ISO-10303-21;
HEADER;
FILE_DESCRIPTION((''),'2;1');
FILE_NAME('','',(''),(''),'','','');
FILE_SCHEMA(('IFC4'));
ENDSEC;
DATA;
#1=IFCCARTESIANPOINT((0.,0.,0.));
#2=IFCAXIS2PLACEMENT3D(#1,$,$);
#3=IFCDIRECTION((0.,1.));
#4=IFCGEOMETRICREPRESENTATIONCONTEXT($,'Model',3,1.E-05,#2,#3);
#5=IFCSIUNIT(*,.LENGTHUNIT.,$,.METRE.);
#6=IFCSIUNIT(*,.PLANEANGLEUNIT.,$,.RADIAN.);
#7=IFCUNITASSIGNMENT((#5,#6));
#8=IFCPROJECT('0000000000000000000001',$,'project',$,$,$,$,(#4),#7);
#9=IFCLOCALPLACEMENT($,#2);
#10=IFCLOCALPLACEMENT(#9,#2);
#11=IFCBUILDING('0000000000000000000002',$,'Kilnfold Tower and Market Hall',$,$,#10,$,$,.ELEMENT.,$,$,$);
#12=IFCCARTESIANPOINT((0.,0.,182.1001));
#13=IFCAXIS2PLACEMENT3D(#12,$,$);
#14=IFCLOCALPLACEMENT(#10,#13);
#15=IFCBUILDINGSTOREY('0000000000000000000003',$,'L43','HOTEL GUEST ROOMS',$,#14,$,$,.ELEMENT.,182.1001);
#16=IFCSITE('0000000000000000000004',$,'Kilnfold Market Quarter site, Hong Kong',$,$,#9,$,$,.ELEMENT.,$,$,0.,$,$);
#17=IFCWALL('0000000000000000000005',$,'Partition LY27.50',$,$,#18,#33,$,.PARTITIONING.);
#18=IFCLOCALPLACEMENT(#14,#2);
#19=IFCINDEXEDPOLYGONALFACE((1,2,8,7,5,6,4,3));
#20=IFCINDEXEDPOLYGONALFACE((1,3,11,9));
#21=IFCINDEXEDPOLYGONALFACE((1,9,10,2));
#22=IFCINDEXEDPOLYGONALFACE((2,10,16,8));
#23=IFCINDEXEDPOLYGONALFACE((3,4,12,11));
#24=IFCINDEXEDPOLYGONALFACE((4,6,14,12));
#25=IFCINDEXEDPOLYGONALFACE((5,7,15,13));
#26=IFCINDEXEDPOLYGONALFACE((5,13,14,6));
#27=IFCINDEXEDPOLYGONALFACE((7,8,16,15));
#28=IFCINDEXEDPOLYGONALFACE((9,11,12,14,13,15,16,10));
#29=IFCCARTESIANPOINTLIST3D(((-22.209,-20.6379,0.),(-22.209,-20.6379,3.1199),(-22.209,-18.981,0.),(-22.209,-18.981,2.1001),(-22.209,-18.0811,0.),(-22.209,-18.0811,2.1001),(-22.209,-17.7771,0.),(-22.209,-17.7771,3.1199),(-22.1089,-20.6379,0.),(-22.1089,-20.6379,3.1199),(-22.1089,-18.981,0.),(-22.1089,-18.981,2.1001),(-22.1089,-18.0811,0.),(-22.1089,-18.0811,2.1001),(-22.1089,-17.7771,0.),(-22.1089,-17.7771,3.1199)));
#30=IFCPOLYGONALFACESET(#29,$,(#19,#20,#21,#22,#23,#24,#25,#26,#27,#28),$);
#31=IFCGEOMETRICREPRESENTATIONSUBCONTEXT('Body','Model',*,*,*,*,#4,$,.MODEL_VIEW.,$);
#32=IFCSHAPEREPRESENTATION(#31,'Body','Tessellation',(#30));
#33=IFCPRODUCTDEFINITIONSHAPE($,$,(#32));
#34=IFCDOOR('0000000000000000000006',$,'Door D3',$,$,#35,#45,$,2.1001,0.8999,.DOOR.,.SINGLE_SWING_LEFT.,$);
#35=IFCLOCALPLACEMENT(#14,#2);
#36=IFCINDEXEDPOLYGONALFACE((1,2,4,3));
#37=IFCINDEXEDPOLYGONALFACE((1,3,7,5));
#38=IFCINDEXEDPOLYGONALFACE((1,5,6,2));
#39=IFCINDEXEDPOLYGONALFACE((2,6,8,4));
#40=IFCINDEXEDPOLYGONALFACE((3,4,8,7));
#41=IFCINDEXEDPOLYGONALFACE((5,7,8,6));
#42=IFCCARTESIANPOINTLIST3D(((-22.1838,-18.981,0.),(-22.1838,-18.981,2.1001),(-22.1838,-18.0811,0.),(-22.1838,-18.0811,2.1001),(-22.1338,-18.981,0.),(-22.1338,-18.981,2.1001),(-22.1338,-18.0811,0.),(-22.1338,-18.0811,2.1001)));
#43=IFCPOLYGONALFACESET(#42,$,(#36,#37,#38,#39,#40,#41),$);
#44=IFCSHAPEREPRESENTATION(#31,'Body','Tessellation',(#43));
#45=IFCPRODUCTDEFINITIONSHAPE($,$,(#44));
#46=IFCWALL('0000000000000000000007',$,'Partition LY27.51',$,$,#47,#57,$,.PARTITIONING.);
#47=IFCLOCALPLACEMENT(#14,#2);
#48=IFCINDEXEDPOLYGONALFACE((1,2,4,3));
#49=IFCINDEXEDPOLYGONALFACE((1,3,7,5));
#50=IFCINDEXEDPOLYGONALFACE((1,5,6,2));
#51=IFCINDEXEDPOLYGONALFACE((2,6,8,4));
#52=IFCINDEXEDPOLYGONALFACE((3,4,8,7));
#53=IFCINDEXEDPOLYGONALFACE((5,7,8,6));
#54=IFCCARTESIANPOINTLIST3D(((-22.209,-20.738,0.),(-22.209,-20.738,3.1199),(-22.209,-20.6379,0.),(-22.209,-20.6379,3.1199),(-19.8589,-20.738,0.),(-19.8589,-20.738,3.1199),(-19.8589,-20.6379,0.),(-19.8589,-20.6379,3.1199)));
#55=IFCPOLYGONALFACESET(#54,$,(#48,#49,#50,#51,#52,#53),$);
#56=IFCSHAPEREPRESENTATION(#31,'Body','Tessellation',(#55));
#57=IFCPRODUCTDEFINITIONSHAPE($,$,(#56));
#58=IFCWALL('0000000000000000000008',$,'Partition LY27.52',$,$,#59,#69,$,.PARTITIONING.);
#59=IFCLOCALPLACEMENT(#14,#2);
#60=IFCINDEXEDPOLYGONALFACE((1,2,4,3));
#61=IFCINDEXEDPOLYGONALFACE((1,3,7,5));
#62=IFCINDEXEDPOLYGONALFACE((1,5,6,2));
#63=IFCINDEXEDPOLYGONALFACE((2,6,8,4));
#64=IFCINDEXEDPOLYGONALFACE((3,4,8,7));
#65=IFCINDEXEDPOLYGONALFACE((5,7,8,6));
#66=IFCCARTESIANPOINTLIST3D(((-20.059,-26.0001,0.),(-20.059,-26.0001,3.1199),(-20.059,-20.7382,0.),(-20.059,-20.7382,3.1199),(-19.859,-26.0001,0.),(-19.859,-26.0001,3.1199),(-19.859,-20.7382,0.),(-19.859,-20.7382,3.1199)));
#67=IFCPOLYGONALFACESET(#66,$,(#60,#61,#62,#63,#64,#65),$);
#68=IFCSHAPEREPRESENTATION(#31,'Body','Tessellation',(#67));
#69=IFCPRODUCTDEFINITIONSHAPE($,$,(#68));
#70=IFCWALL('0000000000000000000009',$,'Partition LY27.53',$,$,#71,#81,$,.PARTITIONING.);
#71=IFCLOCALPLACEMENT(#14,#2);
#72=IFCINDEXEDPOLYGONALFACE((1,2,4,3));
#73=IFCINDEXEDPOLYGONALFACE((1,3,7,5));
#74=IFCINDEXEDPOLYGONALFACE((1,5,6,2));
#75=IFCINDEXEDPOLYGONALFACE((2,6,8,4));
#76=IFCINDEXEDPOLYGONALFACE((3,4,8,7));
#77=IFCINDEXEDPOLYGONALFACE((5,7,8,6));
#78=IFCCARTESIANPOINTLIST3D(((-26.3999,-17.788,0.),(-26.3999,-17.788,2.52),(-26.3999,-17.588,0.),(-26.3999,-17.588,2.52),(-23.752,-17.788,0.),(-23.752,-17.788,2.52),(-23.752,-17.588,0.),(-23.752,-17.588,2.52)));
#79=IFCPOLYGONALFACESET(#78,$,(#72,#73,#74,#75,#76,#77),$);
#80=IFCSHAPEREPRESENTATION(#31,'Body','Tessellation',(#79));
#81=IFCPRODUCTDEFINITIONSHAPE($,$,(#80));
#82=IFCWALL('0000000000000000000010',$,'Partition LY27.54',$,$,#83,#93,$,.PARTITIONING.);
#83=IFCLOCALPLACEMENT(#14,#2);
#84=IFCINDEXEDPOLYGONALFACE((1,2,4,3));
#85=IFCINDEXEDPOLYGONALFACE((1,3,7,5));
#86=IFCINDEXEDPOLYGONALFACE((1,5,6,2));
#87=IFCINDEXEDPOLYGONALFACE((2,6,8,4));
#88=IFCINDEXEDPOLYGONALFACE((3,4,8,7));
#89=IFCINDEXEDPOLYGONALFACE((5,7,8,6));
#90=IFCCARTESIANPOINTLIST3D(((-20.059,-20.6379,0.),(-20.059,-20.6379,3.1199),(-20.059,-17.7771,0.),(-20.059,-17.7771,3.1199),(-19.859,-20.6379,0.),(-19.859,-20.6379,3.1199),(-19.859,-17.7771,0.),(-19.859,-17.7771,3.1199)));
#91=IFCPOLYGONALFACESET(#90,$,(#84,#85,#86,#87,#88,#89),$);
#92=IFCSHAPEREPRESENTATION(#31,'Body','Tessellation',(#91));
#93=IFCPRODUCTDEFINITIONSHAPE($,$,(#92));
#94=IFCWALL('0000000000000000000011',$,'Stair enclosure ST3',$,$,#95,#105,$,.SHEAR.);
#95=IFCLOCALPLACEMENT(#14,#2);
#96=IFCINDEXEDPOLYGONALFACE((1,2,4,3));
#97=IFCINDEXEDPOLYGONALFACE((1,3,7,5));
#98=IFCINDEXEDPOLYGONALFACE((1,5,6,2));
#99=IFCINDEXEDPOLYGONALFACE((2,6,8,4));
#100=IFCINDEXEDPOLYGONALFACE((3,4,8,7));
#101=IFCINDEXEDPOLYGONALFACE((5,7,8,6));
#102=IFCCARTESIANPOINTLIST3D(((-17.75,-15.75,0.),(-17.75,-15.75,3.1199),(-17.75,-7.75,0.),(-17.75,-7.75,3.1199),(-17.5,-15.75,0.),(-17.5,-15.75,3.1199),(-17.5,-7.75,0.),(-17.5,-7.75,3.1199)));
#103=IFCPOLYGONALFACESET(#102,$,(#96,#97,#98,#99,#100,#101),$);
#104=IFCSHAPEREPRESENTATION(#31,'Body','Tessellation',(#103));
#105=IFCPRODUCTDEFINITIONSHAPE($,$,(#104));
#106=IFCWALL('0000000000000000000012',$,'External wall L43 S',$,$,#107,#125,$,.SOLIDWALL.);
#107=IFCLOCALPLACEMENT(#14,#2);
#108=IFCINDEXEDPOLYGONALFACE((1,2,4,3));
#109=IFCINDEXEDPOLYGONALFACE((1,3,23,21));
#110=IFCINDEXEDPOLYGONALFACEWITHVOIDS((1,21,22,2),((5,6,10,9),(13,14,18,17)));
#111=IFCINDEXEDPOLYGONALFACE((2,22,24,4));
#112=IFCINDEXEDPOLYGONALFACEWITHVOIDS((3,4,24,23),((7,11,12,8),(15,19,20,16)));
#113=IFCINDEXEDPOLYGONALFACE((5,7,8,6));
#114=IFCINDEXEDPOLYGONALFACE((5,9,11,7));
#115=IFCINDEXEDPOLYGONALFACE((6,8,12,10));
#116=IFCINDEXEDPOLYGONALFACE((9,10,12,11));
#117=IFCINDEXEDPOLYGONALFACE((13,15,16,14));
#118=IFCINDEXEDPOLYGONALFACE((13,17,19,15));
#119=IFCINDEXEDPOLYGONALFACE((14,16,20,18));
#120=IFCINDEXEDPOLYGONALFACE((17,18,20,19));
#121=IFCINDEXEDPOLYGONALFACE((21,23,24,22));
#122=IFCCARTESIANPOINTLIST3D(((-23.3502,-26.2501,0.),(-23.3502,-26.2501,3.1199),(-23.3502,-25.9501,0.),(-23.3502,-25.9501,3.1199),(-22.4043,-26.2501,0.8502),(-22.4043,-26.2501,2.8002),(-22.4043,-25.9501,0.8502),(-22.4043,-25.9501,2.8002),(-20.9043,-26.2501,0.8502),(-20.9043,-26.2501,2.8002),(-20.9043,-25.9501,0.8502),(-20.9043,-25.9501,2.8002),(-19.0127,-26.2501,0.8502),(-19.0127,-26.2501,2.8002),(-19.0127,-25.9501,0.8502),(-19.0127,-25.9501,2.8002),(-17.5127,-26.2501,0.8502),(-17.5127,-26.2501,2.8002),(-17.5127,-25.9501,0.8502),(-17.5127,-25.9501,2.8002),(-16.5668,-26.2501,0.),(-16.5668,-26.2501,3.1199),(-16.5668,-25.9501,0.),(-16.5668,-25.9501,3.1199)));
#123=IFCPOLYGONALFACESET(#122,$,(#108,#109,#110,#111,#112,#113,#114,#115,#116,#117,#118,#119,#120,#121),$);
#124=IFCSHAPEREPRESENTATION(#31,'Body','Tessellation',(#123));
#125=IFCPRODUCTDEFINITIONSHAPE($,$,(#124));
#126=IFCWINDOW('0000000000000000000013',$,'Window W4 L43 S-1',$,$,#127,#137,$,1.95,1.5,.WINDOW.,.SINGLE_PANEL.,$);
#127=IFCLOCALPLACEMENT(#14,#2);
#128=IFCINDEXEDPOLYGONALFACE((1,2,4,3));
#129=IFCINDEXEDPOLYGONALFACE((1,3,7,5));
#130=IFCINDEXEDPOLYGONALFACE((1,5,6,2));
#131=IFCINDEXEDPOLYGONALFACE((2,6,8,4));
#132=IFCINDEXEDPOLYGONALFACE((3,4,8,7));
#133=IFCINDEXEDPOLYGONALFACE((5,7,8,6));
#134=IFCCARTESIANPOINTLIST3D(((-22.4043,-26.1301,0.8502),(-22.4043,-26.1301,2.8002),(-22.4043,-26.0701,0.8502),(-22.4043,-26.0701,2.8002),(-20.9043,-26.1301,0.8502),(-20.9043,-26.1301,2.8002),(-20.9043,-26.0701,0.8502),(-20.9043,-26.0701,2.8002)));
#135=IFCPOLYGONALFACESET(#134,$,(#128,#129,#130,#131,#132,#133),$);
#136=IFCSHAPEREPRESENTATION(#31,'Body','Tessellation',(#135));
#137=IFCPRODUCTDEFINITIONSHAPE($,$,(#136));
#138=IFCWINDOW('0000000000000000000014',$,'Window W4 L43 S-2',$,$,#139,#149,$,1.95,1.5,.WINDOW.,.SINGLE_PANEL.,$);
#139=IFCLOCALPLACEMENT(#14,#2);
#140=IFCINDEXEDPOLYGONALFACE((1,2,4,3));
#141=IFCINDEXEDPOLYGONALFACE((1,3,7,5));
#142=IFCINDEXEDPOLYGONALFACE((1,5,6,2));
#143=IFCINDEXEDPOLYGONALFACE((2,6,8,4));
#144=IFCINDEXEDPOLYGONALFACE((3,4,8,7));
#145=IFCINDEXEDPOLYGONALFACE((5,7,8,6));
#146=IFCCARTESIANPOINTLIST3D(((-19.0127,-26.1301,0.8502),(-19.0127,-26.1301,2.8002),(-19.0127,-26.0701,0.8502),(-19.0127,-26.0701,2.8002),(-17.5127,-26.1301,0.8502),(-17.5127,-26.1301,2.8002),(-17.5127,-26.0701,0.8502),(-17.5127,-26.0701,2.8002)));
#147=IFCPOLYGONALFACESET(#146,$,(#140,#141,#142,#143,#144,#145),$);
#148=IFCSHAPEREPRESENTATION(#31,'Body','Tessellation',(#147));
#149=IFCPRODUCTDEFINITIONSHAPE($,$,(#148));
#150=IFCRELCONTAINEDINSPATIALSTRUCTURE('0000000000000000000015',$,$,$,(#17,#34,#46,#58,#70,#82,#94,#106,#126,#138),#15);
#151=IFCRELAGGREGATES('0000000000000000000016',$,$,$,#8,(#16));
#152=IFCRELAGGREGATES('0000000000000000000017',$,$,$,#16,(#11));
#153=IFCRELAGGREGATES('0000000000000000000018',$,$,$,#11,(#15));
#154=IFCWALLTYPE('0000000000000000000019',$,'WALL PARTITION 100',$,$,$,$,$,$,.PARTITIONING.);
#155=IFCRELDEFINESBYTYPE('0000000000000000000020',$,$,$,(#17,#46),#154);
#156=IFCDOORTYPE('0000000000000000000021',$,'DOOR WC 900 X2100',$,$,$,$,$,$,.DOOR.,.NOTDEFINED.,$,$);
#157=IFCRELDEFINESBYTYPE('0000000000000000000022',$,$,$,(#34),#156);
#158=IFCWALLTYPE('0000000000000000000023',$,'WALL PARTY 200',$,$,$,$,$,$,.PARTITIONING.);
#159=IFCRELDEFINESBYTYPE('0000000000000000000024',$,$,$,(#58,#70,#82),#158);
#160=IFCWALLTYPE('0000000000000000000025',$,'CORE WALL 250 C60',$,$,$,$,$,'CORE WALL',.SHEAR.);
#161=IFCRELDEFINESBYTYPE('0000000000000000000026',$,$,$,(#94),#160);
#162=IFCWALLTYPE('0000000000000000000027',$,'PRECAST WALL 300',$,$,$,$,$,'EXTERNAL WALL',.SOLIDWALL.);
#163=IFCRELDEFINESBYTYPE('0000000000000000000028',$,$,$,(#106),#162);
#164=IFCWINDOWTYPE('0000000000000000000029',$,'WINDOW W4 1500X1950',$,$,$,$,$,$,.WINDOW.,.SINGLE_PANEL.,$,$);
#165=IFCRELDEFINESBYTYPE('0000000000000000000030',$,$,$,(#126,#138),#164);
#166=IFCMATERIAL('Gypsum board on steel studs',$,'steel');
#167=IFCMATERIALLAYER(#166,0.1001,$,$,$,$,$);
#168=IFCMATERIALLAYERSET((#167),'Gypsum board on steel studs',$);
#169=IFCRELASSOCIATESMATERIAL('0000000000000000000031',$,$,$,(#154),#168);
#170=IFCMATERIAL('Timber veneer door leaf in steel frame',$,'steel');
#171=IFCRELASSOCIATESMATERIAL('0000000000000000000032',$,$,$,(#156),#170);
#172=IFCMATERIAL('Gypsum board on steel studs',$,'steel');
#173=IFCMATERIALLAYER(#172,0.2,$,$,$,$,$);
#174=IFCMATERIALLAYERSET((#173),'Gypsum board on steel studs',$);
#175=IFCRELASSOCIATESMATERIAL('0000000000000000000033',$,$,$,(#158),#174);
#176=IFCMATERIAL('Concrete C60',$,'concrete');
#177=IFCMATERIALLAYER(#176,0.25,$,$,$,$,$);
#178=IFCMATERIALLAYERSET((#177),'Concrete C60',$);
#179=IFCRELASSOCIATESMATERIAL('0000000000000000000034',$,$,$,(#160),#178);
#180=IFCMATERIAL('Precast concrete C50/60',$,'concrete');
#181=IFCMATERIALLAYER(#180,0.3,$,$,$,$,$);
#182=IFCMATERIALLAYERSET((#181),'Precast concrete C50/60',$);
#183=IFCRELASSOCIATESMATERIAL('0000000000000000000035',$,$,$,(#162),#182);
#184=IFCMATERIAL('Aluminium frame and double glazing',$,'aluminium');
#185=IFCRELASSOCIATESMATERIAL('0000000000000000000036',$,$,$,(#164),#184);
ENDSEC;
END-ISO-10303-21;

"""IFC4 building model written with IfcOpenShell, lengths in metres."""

from ifc_helpers import new_model, si_unit, direction, frame, frame_2d, origin, place, context, subcontext, project, spatial, rectangle, extrude, source, transform, mapped, material, layer, layer_set, type_object, element, fill, save


model = new_model("IFC4")

# Units and contexts
model_context = context("Model", 3, precision=1e-05, world=origin(), true_north=direction((0.0, 1.0)))
body_context = subcontext(model_context, "Body", "Model", "MODEL_VIEW")
ifc_project = project(units=[si_unit("LENGTHUNIT", "METRE"), si_unit("PLANEANGLEUNIT", "RADIAN")], contexts=[model_context])

# Site, building, storey
site_placement = place(None, origin())
site = spatial("IfcSite", under=ifc_project, at=site_placement, Name="Kilnfold Market Quarter site, Hong Kong", CompositionType="ELEMENT", RefElevation=0.0)
building_placement = place(site_placement, origin())
building = spatial("IfcBuilding", under=site, at=building_placement, Name="Kilnfold Tower and Market Hall", CompositionType="ELEMENT")
storey_placement = place(building_placement, frame((0.0, 0.0, 182.1001)))
storey = spatial("IfcBuildingStorey", under=building, at=storey_placement, Name="L43", Description="HOTEL GUEST ROOMS", CompositionType="ELEMENT", Elevation=182.1001)

# Wall, opening, door
ifc_material_1 = material(Name="Gypsum board on steel studs", Category="steel")
ifc_layer_1 = layer(ifc_material_1, 0.1001)
ifc_layer_set_1 = layer_set([ifc_layer_1], Name="Gypsum board on steel studs")
wall_type_1 = type_object("IfcWallType", Name="WALL PARTITION 100", PredefinedType="PARTITIONING", material=ifc_layer_set_1)
wall_1_placement = place(storey_placement, frame((-22.1589, -20.6379, 0.0), z_axis=(0.0, 0.0, 1.0), x_axis=(0.0, 1.0, 0.0)))
wall_1 = element("IfcWall", 1, at=wall_1_placement, inside=storey, type_object=wall_type_1, Name="Partition LY27.50", PredefinedType="PARTITIONING", context=body_context, shape_type="SweptSolid", body=[
    extrude(rectangle(XDim=2.8608, YDim=0.1001, at=frame_2d((1.4304, 0.0))), origin(), (0.0, 0.0, 1.0), 3.1199),
])
opening_1_placement = place(wall_1_placement, frame((1.657, 0.0, 0.0)))
opening_1 = element("IfcOpeningElement", 2, at=opening_1_placement, cuts=wall_1, PredefinedType="OPENING", context=body_context, shape_type="SweptSolid", body=[
    extrude(rectangle(XDim=0.8999, YDim=2.1001, at=frame_2d((0.45, 1.05))), frame((0.0, 0.0601, 0.0), z_axis=(0.0, -1.0, 0.0), x_axis=(1.0, 0.0, 0.0)), (0.0, 0.0, 1.0), 0.1201),
])
ifc_material_2 = material(Name="Timber veneer door leaf in steel frame", Category="steel")
door_type_1 = type_object("IfcDoorType", Name="DOOR WC 900 X2100", OperationType="NOTDEFINED", PredefinedType="DOOR", material=ifc_material_2)
door_1_placement = place(opening_1_placement, origin())
door_1 = element("IfcDoor", 3, at=door_1_placement, inside=storey, type_object=door_type_1, Name="Door D3", OperationType="SINGLE_SWING_LEFT", OverallHeight=2.1001, OverallWidth=0.8999, PredefinedType="DOOR", context=body_context, shape_type="SweptSolid", body=[
    extrude(rectangle(XDim=0.8999, YDim=2.1001, at=frame_2d((0.45, 1.05))), frame((0.0, 0.0249, 0.0), z_axis=(0.0, -1.0, 0.0), x_axis=(1.0, 0.0, 0.0)), (0.0, 0.0, 1.0), 0.05),
])
fill(opening_1, door_1)

# Walls
wall_2_placement = place(storey_placement, frame((-22.209, -20.688, 0.0), z_axis=(0.0, 0.0, 1.0), x_axis=(1.0, 0.0, 0.0)))
element("IfcWall", 4, at=wall_2_placement, inside=storey, type_object=wall_type_1, Name="Partition LY27.51", PredefinedType="PARTITIONING", context=body_context, shape_type="SweptSolid", body=[
    extrude(rectangle(XDim=2.3501, YDim=0.1001, at=frame_2d((1.175, 0.0))), origin(), (0.0, 0.0, 1.0), 3.1199),
])
ifc_material_3 = material(Name="Gypsum board on steel studs", Category="steel")
ifc_layer_2 = layer(ifc_material_3, 0.2)
ifc_layer_set_2 = layer_set([ifc_layer_2], Name="Gypsum board on steel studs")
wall_type_2 = type_object("IfcWallType", Name="WALL PARTY 200", PredefinedType="PARTITIONING", material=ifc_layer_set_2)
wall_3_placement = place(storey_placement, frame((-19.959, -26.0, 0.0), z_axis=(0.0, 0.0, 1.0), x_axis=(0.0, 1.0, 0.0)))
element("IfcWall", 5, at=wall_3_placement, inside=storey, type_object=wall_type_2, Name="Partition LY27.52", PredefinedType="PARTITIONING", context=body_context, shape_type="SweptSolid", body=[
    extrude(rectangle(XDim=5.262, YDim=0.2, at=frame_2d((2.6309, 0.0))), origin(), (0.0, 0.0, 1.0), 3.1199),
])
wall_4_placement = place(storey_placement, frame((-26.3999, -17.688, 0.0), z_axis=(0.0, 0.0, 1.0), x_axis=(1.0, 0.0, 0.0)))
element("IfcWall", 6, at=wall_4_placement, inside=storey, type_object=wall_type_2, Name="Partition LY27.53", PredefinedType="PARTITIONING", context=body_context, shape_type="SweptSolid", body=[
    extrude(rectangle(XDim=2.6479, YDim=0.2, at=frame_2d((1.324, 0.0))), origin(), (0.0, 0.0, 1.0), 2.52),
])
wall_5_placement = place(storey_placement, frame((-19.959, -20.6379, 0.0), z_axis=(0.0, 0.0, 1.0), x_axis=(0.0, 1.0, 0.0)))
element("IfcWall", 7, at=wall_5_placement, inside=storey, type_object=wall_type_2, Name="Partition LY27.54", PredefinedType="PARTITIONING", context=body_context, shape_type="SweptSolid", body=[
    extrude(rectangle(XDim=2.8608, YDim=0.2, at=frame_2d((1.4304, 0.0))), origin(), (0.0, 0.0, 1.0), 3.1199),
])
ifc_material_4 = material(Name="Concrete C60", Category="concrete")
ifc_layer_3 = layer(ifc_material_4, 0.25)
ifc_layer_set_3 = layer_set([ifc_layer_3], Name="Concrete C60")
wall_type_3 = type_object("IfcWallType", Name="CORE WALL 250 C60", ElementType="CORE WALL", PredefinedType="SHEAR", material=ifc_layer_set_3)
shared_shape_1 = source(origin(), body_context, "Body", "SweptSolid", [
    extrude(rectangle(XDim=8.0, YDim=0.25, at=frame_2d((4.0, 0.0))), origin(), (0.0, 0.0, 1.0), 3.1199),
])
wall_6_placement = place(storey_placement, frame((-17.625, -15.75, 0.0), z_axis=(0.0, 0.0, 1.0), x_axis=(0.0, 1.0, 0.0)))
element("IfcWall", 8, at=wall_6_placement, inside=storey, type_object=wall_type_3, Name="Stair enclosure ST3", PredefinedType="SHEAR", context=body_context, shape_type="MappedRepresentation", body=[
    mapped(shared_shape_1, transform((0.0, 0.0, 0.0))),
])

# Wall, openings, windows
ifc_material_5 = material(Name="Precast concrete C50/60", Category="concrete")
ifc_layer_4 = layer(ifc_material_5, 0.3)
ifc_layer_set_4 = layer_set([ifc_layer_4], Name="Precast concrete C50/60")
wall_type_4 = type_object("IfcWallType", Name="PRECAST WALL 300", ElementType="EXTERNAL WALL", PredefinedType="SOLIDWALL", material=ifc_layer_set_4)
shared_shape_2 = source(origin(), body_context, "Body", "SweptSolid", [
    extrude(rectangle(XDim=6.7834, YDim=0.3, at=frame_2d((3.3916, 0.0))), origin(), (0.0, 0.0, 1.0), 3.1199),
])
wall_7_placement = place(storey_placement, frame((-23.3501, -26.1001, 0.0), z_axis=(0.0, 0.0, 1.0), x_axis=(1.0, 0.0, 0.0)))
wall_7 = element("IfcWall", 9, at=wall_7_placement, inside=storey, type_object=wall_type_4, Name="External wall L43 S", PredefinedType="SOLIDWALL", context=body_context, shape_type="MappedRepresentation", body=[
    mapped(shared_shape_2, transform((0.0, 0.0, 0.0))),
])
opening_2_placement = place(wall_7_placement, frame((0.9458, 0.0, 0.8501)))
opening_2 = element("IfcOpeningElement", 10, at=opening_2_placement, cuts=wall_7, PredefinedType="OPENING", context=body_context, shape_type="SweptSolid", body=[
    extrude(rectangle(XDim=1.5, YDim=1.95, at=frame_2d((0.75, 0.9751))), frame((0.0, 0.1602, 0.0), z_axis=(0.0, -1.0, 0.0), x_axis=(1.0, 0.0, 0.0)), (0.0, 0.0, 1.0), 0.3201),
])
opening_3_placement = place(wall_7_placement, frame((4.3374, 0.0, 0.8501)))
opening_3 = element("IfcOpeningElement", 11, at=opening_3_placement, cuts=wall_7, PredefinedType="OPENING", context=body_context, shape_type="SweptSolid", body=[
    extrude(rectangle(XDim=1.5, YDim=1.95, at=frame_2d((0.75, 0.9751))), frame((0.0, 0.1602, 0.0), z_axis=(0.0, -1.0, 0.0), x_axis=(1.0, 0.0, 0.0)), (0.0, 0.0, 1.0), 0.3201),
])
ifc_material_6 = material(Name="Aluminium frame and double glazing", Category="aluminium")
window_type_1 = type_object("IfcWindowType", Name="WINDOW W4 1500X1950", PartitioningType="SINGLE_PANEL", PredefinedType="WINDOW", material=ifc_material_6)
window_1_placement = place(opening_2_placement, origin())
window_1 = element("IfcWindow", 12, at=window_1_placement, inside=storey, type_object=window_type_1, Name="Window W4 L43 S-1", OverallHeight=1.95, OverallWidth=1.5, PartitioningType="SINGLE_PANEL", PredefinedType="WINDOW", context=body_context, shape_type="SweptSolid", body=[
    extrude(rectangle(XDim=1.5, YDim=1.95, at=frame_2d((0.75, 0.9751))), frame((0.0, 0.03, 0.0), z_axis=(0.0, -1.0, 0.0), x_axis=(1.0, 0.0, 0.0)), (0.0, 0.0, 1.0), 0.0601),
])
fill(opening_2, window_1)
window_2_placement = place(opening_3_placement, origin())
window_2 = element("IfcWindow", 13, at=window_2_placement, inside=storey, type_object=window_type_1, Name="Window W4 L43 S-2", OverallHeight=1.95, OverallWidth=1.5, PartitioningType="SINGLE_PANEL", PredefinedType="WINDOW", context=body_context, shape_type="SweptSolid", body=[
    extrude(rectangle(XDim=1.5, YDim=1.95, at=frame_2d((0.75, 0.9751))), frame((0.0, 0.03, 0.0), z_axis=(0.0, -1.0, 0.0), x_axis=(1.0, 0.0, 0.0)), (0.0, 0.0, 1.0), 0.0601),
])
fill(opening_3, window_2)

save(model, "model.ifc")
